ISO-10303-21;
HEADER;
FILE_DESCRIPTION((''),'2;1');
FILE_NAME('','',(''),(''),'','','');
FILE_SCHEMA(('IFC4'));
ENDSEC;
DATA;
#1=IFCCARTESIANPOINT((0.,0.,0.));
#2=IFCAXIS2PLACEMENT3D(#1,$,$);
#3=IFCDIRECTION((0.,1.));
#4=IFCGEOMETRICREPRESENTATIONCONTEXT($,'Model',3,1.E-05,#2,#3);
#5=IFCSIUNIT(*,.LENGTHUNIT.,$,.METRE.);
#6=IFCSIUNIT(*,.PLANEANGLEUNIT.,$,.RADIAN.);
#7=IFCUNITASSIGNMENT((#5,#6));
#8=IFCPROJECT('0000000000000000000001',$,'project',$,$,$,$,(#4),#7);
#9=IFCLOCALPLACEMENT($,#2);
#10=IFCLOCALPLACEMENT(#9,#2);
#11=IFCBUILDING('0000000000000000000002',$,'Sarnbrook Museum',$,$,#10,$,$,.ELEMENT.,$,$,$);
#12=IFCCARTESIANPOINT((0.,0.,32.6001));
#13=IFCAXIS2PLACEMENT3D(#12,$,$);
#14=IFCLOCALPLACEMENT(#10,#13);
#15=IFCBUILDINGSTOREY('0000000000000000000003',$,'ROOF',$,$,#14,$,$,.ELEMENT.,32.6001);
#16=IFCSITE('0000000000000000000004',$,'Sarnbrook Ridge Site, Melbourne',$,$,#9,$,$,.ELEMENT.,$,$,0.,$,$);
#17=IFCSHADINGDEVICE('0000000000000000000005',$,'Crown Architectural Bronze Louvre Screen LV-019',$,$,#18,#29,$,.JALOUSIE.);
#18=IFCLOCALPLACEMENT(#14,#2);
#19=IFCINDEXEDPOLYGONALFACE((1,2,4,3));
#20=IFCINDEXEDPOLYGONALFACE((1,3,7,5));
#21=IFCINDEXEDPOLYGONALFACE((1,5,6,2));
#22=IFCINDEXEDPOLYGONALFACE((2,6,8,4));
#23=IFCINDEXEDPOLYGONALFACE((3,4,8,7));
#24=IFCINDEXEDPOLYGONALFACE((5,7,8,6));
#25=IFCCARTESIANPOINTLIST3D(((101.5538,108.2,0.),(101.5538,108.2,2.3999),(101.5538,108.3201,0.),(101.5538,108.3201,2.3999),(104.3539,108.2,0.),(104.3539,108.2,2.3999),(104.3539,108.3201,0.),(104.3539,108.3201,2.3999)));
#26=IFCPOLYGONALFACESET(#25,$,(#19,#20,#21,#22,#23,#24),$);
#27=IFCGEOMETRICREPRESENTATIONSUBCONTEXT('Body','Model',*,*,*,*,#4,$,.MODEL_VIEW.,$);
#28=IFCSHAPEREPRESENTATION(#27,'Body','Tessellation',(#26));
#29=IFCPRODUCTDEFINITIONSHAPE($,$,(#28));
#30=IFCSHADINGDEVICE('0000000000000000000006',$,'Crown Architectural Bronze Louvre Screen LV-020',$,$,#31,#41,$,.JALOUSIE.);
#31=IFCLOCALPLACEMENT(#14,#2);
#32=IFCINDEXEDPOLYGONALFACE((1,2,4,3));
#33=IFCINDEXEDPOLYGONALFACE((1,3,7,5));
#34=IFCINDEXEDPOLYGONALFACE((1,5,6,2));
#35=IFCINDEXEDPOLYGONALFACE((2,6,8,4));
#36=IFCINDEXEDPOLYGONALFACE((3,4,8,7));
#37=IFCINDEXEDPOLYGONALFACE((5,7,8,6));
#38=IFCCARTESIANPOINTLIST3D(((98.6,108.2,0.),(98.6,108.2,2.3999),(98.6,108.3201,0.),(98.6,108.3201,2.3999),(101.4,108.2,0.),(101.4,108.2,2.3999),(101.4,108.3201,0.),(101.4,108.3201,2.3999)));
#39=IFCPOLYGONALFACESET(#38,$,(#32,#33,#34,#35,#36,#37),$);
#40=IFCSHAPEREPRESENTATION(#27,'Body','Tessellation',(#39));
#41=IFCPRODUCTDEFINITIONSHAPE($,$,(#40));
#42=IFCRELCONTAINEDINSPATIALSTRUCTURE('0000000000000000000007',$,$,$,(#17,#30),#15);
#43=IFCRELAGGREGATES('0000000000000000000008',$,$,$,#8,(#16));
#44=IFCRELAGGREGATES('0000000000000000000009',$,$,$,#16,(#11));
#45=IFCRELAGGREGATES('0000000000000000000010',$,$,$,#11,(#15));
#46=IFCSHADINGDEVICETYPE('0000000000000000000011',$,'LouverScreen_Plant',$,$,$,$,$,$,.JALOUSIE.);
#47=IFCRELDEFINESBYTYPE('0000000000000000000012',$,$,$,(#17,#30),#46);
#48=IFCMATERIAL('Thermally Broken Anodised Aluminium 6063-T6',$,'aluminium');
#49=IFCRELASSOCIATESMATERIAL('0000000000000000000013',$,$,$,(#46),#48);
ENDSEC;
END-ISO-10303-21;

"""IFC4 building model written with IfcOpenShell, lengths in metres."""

from ifc_helpers import new_model, si_unit, direction, frame, origin, origin_2d, place, context, subcontext, project, spatial, rectangle, extrude, material, type_object, element, save


model = new_model("IFC4")

# Units and contexts
model_context = context("Model", 3, precision=1e-05, world=origin(), true_north=direction((0.0, 1.0)))
body_context = subcontext(model_context, "Body", "Model", "MODEL_VIEW")
ifc_project = project(units=[si_unit("LENGTHUNIT", "METRE"), si_unit("PLANEANGLEUNIT", "RADIAN")], contexts=[model_context])

# Site, building, storey
site_placement = place(None, origin())
site = spatial("IfcSite", under=ifc_project, at=site_placement, Name="Sarnbrook Ridge Site, Melbourne", CompositionType="ELEMENT", RefElevation=0.0)
building_placement = place(site_placement, origin())
building = spatial("IfcBuilding", under=site, at=building_placement, Name="Sarnbrook Museum", CompositionType="ELEMENT")
storey_placement = place(building_placement, frame((0.0, 0.0, 32.6001)))
storey = spatial("IfcBuildingStorey", under=building, at=storey_placement, Name="ROOF", CompositionType="ELEMENT", Elevation=32.6001)

# Shading devices
ifc_material_1 = material(Name="Thermally Broken Anodised Aluminium 6063-T6", Category="aluminium")
shading_device_type = type_object("IfcShadingDeviceType", Name="LouverScreen_Plant", PredefinedType="JALOUSIE", material=ifc_material_1)
for number, where, z_axis, x_axis, name in (
    (1, (102.9539, 108.26, 0.0), (0.0, 0.0, 1.0), (-1.0, 0.0, 0.0), "Crown Architectural Bronze Louvre Screen LV-019"),
    (2, (100.0, 108.26, 0.0), (0.0, 0.0, 1.0), (-1.0, 0.0, 0.0), "Crown Architectural Bronze Louvre Screen LV-020"),
):
    element("IfcShadingDevice", number, at=place(storey_placement, frame(where, z_axis=z_axis, x_axis=x_axis)), inside=storey, type_object=shading_device_type, Name=name, PredefinedType="JALOUSIE", context=body_context, shape_type="SweptSolid", body=[
        extrude(rectangle(XDim=2.8, YDim=0.1201, at=origin_2d()), origin(), (0.0, 0.0, 1.0), 2.3999),
    ])

save(model, "model.ifc")
